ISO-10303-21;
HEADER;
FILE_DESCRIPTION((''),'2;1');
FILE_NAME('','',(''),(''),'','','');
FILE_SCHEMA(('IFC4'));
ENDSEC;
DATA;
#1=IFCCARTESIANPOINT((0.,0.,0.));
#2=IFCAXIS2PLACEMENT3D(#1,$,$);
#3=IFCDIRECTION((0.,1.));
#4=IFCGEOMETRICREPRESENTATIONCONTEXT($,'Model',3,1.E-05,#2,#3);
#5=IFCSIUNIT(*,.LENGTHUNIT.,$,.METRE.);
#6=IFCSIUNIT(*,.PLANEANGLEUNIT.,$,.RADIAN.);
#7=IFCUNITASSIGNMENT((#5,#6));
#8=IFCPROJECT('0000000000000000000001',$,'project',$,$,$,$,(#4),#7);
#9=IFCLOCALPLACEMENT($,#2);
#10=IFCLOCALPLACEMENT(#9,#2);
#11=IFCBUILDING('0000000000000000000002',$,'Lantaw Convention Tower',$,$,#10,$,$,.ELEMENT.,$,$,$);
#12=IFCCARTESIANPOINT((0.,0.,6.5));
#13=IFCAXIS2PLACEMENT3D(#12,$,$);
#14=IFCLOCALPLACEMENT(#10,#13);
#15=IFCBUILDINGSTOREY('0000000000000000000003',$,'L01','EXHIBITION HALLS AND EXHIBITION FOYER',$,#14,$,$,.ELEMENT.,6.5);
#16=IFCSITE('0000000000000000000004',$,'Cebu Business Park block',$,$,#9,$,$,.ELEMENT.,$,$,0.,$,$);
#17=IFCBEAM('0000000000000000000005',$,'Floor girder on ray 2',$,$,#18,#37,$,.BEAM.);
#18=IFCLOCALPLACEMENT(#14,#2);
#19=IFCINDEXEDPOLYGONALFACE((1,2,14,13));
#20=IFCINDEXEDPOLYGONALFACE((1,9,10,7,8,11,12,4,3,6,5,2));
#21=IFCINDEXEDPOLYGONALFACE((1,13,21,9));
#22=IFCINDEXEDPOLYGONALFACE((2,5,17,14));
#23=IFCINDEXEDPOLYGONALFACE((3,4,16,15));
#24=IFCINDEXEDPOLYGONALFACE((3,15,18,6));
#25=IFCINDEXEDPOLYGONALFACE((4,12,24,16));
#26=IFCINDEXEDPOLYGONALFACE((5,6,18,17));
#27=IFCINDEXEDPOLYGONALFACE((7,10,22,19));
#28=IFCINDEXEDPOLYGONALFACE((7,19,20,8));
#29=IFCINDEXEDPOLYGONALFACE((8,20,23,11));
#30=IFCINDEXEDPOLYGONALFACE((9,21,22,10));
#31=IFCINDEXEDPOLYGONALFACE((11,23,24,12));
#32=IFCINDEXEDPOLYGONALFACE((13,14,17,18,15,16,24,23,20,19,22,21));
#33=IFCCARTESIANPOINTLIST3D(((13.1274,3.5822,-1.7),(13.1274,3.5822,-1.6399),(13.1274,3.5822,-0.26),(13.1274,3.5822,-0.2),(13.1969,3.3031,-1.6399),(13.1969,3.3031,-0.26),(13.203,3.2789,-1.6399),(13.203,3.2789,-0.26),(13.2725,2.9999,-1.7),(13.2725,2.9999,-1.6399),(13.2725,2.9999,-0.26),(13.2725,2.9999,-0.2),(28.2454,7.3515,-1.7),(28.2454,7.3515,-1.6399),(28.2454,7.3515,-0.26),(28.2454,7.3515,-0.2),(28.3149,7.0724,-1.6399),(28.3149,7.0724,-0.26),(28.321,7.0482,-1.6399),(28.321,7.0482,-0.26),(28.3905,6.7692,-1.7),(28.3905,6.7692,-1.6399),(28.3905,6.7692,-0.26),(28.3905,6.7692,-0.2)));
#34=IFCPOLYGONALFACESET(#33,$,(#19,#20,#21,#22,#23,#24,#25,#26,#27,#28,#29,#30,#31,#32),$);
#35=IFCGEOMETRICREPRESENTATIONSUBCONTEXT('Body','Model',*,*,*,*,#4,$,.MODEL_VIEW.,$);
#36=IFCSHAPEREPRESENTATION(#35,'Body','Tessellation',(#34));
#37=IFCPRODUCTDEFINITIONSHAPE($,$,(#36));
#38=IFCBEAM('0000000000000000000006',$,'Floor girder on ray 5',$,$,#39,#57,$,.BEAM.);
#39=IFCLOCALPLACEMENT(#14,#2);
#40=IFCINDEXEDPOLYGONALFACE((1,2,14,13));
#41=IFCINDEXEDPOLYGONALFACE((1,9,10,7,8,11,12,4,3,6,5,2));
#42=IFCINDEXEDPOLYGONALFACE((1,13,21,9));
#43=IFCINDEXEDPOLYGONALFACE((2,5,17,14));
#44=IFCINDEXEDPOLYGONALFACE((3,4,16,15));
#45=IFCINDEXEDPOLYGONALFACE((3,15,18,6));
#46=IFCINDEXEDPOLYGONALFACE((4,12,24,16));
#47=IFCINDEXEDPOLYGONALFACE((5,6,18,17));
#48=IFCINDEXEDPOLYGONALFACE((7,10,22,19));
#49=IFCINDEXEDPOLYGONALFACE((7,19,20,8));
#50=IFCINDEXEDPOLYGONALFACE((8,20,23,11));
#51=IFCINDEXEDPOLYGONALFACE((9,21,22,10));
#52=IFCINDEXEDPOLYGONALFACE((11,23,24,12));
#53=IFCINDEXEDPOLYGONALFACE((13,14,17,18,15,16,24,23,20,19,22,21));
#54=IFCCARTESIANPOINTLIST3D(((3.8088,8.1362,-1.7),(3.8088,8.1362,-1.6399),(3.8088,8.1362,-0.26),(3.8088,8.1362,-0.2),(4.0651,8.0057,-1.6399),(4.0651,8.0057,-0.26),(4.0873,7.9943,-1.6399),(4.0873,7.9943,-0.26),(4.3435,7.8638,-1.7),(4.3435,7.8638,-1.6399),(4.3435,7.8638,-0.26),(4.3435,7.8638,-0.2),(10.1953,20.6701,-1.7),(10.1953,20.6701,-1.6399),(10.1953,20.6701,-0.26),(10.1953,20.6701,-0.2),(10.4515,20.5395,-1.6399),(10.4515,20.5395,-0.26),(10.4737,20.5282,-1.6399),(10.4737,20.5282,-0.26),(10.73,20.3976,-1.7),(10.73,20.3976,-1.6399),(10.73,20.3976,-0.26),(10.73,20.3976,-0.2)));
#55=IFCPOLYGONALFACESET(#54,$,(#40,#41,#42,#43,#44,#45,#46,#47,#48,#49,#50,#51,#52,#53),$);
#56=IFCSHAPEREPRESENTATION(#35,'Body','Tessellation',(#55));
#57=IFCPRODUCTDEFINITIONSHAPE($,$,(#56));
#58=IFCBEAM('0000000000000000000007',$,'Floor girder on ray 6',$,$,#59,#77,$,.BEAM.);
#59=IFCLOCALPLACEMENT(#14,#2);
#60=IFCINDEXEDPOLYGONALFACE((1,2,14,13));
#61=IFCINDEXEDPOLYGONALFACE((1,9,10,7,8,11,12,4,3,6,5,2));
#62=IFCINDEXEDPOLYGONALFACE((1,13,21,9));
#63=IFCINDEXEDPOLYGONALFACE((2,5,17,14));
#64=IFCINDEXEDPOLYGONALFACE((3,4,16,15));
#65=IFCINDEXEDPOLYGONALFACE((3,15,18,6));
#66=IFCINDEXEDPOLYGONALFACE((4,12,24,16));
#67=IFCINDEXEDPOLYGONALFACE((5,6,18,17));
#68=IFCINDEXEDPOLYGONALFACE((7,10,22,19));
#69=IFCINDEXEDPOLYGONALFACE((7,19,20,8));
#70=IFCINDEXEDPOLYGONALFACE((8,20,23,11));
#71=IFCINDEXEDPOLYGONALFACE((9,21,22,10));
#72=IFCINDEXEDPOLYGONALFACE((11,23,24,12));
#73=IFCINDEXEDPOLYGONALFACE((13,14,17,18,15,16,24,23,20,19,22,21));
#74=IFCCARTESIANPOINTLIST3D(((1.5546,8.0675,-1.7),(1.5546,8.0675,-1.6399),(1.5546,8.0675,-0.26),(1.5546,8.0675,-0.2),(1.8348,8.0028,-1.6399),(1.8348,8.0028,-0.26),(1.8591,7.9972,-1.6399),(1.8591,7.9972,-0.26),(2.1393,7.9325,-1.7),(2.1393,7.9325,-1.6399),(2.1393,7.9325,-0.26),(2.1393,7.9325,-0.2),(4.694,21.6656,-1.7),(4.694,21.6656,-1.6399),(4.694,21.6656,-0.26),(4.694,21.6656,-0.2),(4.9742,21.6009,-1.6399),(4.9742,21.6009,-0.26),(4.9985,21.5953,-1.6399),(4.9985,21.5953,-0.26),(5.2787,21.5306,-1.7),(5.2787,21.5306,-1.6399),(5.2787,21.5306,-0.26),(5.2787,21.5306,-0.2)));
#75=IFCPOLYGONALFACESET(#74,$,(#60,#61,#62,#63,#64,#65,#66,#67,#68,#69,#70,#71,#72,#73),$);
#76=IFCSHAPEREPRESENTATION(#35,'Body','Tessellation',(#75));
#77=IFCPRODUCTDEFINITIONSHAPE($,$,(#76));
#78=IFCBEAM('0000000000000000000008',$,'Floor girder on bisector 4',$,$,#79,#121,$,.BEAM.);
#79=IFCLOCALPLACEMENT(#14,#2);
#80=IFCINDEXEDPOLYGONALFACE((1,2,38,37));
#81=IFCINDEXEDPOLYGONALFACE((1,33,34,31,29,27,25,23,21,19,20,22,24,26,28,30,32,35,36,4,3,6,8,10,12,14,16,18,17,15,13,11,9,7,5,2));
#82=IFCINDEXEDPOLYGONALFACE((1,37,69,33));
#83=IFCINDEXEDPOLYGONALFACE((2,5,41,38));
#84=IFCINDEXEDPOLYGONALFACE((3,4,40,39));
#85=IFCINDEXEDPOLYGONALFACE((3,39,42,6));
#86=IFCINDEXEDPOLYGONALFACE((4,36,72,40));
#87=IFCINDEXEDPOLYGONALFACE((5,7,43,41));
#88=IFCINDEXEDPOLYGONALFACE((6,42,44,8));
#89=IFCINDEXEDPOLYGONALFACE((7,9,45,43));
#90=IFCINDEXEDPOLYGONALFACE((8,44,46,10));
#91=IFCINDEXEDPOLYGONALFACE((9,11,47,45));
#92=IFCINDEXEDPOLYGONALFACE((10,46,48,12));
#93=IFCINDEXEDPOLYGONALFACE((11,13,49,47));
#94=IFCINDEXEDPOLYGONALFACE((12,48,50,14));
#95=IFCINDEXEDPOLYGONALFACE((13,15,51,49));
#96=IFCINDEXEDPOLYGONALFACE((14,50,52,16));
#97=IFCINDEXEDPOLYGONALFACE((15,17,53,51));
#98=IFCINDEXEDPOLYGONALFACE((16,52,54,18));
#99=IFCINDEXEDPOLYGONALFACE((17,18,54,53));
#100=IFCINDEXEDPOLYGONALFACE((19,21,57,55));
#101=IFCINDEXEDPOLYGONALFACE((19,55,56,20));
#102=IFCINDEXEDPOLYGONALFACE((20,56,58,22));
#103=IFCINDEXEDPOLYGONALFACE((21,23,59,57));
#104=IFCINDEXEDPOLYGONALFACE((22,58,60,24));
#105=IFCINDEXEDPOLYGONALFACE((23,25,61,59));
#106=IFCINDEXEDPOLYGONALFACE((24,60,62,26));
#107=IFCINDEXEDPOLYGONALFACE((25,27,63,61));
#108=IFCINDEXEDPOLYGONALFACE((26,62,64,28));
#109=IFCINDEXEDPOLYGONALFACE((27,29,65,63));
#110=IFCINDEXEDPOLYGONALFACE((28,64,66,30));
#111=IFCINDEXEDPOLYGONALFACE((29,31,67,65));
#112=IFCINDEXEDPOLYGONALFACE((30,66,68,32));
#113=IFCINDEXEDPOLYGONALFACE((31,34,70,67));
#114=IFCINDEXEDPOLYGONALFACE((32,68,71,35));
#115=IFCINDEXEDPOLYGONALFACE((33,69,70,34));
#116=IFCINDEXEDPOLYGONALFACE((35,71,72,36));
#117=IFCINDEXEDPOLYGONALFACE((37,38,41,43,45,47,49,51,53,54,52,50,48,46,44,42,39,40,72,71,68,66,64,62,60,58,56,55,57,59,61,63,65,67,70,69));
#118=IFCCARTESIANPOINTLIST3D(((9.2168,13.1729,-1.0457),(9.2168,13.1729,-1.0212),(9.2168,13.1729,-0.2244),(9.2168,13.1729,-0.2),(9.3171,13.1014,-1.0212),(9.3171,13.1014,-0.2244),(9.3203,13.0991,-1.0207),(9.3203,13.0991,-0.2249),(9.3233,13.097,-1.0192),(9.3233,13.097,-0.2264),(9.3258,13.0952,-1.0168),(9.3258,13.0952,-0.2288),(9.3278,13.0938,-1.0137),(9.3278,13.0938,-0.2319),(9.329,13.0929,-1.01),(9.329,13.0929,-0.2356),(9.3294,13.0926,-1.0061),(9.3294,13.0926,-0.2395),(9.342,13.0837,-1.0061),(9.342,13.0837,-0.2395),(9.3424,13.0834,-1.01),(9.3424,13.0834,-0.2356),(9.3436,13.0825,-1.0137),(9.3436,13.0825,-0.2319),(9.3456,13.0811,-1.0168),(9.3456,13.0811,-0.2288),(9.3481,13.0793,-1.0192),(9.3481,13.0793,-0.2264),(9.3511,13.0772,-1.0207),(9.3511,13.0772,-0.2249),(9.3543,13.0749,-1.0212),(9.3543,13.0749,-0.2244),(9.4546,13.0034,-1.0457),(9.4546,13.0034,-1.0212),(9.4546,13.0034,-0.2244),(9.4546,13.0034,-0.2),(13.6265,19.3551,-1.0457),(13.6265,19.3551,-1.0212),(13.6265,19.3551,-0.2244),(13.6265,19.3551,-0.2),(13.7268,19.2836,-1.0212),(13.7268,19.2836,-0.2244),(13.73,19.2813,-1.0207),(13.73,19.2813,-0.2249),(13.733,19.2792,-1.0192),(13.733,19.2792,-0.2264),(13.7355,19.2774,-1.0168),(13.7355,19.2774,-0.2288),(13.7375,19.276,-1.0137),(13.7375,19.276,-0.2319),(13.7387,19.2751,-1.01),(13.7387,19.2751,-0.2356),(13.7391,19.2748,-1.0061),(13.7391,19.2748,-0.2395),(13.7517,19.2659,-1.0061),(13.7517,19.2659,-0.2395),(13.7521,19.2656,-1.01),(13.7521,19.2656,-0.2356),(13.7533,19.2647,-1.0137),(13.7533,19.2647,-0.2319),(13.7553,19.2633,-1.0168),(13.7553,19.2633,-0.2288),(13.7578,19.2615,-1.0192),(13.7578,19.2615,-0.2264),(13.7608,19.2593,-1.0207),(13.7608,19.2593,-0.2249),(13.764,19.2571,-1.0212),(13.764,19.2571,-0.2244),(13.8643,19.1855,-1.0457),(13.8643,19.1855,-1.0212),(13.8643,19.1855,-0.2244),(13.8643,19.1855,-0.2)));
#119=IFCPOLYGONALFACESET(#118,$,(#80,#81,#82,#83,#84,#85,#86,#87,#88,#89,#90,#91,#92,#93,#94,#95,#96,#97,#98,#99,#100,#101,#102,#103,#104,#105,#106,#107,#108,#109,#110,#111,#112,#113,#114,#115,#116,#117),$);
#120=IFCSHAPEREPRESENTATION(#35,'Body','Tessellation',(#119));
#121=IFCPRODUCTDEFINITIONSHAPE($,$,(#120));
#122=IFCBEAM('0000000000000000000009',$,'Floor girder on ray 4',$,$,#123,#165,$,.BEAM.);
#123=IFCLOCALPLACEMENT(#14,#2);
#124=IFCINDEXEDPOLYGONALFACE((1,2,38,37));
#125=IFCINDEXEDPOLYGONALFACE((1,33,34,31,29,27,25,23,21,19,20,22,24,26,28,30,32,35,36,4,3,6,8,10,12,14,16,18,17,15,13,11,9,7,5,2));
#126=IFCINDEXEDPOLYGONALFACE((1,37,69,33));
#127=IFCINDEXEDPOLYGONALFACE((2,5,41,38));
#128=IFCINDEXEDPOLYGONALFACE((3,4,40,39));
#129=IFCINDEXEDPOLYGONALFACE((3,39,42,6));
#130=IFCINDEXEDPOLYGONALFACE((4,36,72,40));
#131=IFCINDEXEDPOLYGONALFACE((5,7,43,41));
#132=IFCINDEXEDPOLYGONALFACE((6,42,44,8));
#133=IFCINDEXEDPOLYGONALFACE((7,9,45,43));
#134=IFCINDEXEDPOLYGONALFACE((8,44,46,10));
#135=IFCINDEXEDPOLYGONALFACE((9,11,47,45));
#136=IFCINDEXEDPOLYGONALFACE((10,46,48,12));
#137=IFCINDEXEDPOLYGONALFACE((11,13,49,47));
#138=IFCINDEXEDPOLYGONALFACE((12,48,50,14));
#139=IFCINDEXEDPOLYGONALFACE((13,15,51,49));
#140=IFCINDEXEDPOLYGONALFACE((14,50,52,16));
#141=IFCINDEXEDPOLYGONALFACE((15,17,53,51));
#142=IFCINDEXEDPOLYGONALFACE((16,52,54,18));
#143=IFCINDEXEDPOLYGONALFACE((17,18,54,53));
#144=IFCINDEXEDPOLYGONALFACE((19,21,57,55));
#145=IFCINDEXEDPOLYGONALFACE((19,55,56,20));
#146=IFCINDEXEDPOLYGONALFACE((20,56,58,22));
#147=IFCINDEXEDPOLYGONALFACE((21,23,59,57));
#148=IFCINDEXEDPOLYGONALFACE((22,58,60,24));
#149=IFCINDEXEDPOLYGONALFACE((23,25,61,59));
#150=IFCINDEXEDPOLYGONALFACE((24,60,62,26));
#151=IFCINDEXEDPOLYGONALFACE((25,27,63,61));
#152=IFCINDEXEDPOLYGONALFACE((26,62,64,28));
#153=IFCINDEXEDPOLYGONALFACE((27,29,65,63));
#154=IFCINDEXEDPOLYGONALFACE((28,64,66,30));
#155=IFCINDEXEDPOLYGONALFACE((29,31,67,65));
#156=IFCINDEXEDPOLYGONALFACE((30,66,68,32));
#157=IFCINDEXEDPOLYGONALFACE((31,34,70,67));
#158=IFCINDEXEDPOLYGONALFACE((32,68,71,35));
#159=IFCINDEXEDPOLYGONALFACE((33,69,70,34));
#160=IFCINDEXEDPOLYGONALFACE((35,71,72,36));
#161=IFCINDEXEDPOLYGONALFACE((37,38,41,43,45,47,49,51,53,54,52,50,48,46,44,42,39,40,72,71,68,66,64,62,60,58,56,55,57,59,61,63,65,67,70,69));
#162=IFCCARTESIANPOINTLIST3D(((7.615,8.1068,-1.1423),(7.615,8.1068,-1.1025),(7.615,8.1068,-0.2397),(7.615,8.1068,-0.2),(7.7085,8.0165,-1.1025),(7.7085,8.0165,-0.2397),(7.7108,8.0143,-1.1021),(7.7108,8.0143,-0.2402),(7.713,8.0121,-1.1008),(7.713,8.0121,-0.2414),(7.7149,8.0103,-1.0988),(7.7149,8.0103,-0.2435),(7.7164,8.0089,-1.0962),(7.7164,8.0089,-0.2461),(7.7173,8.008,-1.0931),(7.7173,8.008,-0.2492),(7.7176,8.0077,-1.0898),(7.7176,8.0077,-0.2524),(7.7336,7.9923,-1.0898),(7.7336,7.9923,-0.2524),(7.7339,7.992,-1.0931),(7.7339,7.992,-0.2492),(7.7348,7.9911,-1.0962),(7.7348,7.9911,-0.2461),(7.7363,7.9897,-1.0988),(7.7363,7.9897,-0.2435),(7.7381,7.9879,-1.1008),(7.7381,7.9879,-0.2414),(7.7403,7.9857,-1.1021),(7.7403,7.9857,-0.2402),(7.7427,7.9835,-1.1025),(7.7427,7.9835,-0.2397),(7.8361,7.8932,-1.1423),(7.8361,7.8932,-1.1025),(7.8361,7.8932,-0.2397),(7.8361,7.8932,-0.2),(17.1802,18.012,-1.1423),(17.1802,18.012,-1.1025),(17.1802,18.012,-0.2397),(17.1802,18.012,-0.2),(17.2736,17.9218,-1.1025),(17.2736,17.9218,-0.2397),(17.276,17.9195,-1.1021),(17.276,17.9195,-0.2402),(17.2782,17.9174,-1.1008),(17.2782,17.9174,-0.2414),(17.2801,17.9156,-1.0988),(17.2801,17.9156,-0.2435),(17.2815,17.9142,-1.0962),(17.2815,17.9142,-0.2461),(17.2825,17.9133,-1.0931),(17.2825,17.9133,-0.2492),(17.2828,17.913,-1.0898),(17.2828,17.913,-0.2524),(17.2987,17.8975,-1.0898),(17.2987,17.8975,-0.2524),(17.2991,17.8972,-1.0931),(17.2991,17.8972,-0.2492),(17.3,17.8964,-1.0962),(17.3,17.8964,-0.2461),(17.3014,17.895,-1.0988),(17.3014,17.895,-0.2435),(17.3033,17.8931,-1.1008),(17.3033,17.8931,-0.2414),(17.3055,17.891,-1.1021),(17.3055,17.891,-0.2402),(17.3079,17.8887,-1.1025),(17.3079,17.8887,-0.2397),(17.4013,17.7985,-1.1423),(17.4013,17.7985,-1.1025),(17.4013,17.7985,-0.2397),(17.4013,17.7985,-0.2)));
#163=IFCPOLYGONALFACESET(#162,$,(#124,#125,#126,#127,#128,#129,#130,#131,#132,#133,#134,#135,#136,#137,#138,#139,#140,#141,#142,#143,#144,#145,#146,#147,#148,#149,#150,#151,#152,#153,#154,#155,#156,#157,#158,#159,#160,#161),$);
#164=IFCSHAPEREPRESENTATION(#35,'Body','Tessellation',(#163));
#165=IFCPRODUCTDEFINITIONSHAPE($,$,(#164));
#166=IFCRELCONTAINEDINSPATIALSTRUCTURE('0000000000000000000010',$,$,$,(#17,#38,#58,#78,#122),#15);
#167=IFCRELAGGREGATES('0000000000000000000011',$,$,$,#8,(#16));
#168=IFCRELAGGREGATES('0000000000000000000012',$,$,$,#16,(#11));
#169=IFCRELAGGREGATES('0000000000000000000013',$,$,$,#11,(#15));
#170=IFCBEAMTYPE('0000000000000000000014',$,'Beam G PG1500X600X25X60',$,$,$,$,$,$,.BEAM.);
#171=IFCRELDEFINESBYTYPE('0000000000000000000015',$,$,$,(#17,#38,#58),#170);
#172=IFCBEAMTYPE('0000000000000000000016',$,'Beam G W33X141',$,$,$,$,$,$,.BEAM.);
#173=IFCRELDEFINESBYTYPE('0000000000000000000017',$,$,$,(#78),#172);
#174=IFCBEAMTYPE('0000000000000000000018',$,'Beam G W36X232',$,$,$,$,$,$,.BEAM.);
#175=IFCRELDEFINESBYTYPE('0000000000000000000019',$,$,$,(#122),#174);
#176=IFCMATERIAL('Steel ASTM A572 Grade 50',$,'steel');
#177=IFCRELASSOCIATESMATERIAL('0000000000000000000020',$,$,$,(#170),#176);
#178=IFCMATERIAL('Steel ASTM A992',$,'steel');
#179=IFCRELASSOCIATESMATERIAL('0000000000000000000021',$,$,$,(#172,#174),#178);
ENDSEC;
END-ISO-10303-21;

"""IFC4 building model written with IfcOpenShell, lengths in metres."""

from ifc_helpers import new_model, si_unit, direction, frame, origin, origin_2d, place, context, subcontext, project, spatial, i_section, extrude, material, material_profile, profile_set, type_object, element, save


model = new_model("IFC4")

# Units and contexts
model_context = context("Model", 3, precision=1e-05, world=origin(), true_north=direction((0.0, 1.0)))
body_context = subcontext(model_context, "Body", "Model", "MODEL_VIEW")
ifc_project = project(units=[si_unit("LENGTHUNIT", "METRE"), si_unit("PLANEANGLEUNIT", "RADIAN")], contexts=[model_context])

# Site, building, storey
site_placement = place(None, origin())
site = spatial("IfcSite", under=ifc_project, at=site_placement, Name="Cebu Business Park block", CompositionType="ELEMENT", RefElevation=0.0)
building_placement = place(site_placement, origin())
building = spatial("IfcBuilding", under=site, at=building_placement, Name="Lantaw Convention Tower", CompositionType="ELEMENT")
storey_placement = place(building_placement, frame((0.0, 0.0, 6.5)))
storey = spatial("IfcBuildingStorey", under=building, at=storey_placement, Name="L01", Description="EXHIBITION HALLS AND EXHIBITION FOYER", CompositionType="ELEMENT", Elevation=6.5)

# Beams
ifc_material_1 = material(Name="Steel ASTM A572 Grade 50", Category="steel")
ifc_material_profile_1 = material_profile(ifc_material_1, i_section(OverallWidth=0.6001, OverallDepth=1.5, WebThickness=0.0249, FlangeThickness=0.0601, at=origin_2d()), Name="PG1500X600X25X60")
ifc_profile_set_1 = profile_set([ifc_material_profile_1], Name="Steel ASTM A572 Grade 50")
beam_type_1 = type_object("IfcBeamType", Name="Beam G PG1500X600X25X60", PredefinedType="BEAM", material=ifc_profile_set_1)
beam_1_placement = place(storey_placement, frame((13.2, 3.291, -0.95), z_axis=(0.970296, 0.24192, 0.0), x_axis=(-0.24192, 0.970296, 0.0)))
element("IfcBeam", 1, at=beam_1_placement, inside=storey, type_object=beam_type_1, Name="Floor girder on ray 2", PredefinedType="BEAM", context=body_context, shape_type="SweptSolid", body=[
    extrude(i_section(OverallWidth=0.6001, OverallDepth=1.5, WebThickness=0.0249, FlangeThickness=0.0601, at=origin_2d()), origin(), (0.0, 0.0, 1.0), 15.5808),
])
beam_2_placement = place(storey_placement, frame((4.0762, 8.0, -0.95), z_axis=(0.453997, 0.891003, 0.0), x_axis=(-0.891003, 0.453997, 0.0)))
element("IfcBeam", 2, at=beam_2_placement, inside=storey, type_object=beam_type_1, Name="Floor girder on ray 5", PredefinedType="BEAM", context=body_context, shape_type="SweptSolid", body=[
    extrude(i_section(OverallWidth=0.6001, OverallDepth=1.5, WebThickness=0.0249, FlangeThickness=0.0601, at=origin_2d()), origin(), (0.0, 0.0, 1.0), 14.0671),
])
beam_3_placement = place(storey_placement, frame((1.8469, 8.0, -0.95), z_axis=(0.224953, 0.97437, 0.0), x_axis=(-0.97437, 0.224953, 0.0)))
element("IfcBeam", 3, at=beam_3_placement, inside=storey, type_object=beam_type_1, Name="Floor girder on ray 6", PredefinedType="BEAM", context=body_context, shape_type="SweptSolid", body=[
    extrude(i_section(OverallWidth=0.6001, OverallDepth=1.5, WebThickness=0.0249, FlangeThickness=0.0601, at=origin_2d()), origin(), (0.0, 0.0, 1.0), 13.9558),
])
ifc_material_2 = material(Name="Steel ASTM A992", Category="steel")
ifc_material_profile_2 = material_profile(ifc_material_2, i_section(OverallWidth=0.292, OverallDepth=0.8457, WebThickness=0.0154, FlangeThickness=0.0244, FilletRadius=0.0151, at=origin_2d()), Name="W33X141")
ifc_profile_set_2 = profile_set([ifc_material_profile_2], Name="Steel ASTM A992")
beam_type_2 = type_object("IfcBeamType", Name="Beam G W33X141", PredefinedType="BEAM", material=ifc_profile_set_2)
beam_4_placement = place(storey_placement, frame((9.3357, 13.0881, -0.6228), z_axis=(0.580703, 0.814116, 0.0), x_axis=(-0.814116, 0.580703, 0.0)))
element("IfcBeam", 4, at=beam_4_placement, inside=storey, type_object=beam_type_2, Name="Floor girder on bisector 4", PredefinedType="BEAM", context=body_context, shape_type="SweptSolid", body=[
    extrude(i_section(OverallWidth=0.292, OverallDepth=0.8457, WebThickness=0.0154, FlangeThickness=0.0244, FilletRadius=0.0151, at=origin_2d()), origin(), (0.0, 0.0, 1.0), 7.5938),
])
ifc_material_profile_3 = material_profile(ifc_material_2, i_section(OverallWidth=0.3074, OverallDepth=0.9424, WebThickness=0.0222, FlangeThickness=0.0398, FilletRadius=0.0127, at=origin_2d()), Name="W36X232")
ifc_profile_set_3 = profile_set([ifc_material_profile_3], Name="Steel ASTM A992")
beam_type_3 = type_object("IfcBeamType", Name="Beam G W36X232", PredefinedType="BEAM", material=ifc_profile_set_3)
beam_5_placement = place(storey_placement, frame((7.7256, 8.0, -0.6711), z_axis=(0.69465, 0.719348, 0.0), x_axis=(-0.719348, 0.69465, 0.0)))
element("IfcBeam", 5, at=beam_5_placement, inside=storey, type_object=beam_type_3, Name="Floor girder on ray 4", PredefinedType="BEAM", context=body_context, shape_type="SweptSolid", body=[
    extrude(i_section(OverallWidth=0.3074, OverallDepth=0.9424, WebThickness=0.0222, FlangeThickness=0.0398, FilletRadius=0.0127, at=origin_2d()), origin(), (0.0, 0.0, 1.0), 13.7698),
])

save(model, "model.ifc")
